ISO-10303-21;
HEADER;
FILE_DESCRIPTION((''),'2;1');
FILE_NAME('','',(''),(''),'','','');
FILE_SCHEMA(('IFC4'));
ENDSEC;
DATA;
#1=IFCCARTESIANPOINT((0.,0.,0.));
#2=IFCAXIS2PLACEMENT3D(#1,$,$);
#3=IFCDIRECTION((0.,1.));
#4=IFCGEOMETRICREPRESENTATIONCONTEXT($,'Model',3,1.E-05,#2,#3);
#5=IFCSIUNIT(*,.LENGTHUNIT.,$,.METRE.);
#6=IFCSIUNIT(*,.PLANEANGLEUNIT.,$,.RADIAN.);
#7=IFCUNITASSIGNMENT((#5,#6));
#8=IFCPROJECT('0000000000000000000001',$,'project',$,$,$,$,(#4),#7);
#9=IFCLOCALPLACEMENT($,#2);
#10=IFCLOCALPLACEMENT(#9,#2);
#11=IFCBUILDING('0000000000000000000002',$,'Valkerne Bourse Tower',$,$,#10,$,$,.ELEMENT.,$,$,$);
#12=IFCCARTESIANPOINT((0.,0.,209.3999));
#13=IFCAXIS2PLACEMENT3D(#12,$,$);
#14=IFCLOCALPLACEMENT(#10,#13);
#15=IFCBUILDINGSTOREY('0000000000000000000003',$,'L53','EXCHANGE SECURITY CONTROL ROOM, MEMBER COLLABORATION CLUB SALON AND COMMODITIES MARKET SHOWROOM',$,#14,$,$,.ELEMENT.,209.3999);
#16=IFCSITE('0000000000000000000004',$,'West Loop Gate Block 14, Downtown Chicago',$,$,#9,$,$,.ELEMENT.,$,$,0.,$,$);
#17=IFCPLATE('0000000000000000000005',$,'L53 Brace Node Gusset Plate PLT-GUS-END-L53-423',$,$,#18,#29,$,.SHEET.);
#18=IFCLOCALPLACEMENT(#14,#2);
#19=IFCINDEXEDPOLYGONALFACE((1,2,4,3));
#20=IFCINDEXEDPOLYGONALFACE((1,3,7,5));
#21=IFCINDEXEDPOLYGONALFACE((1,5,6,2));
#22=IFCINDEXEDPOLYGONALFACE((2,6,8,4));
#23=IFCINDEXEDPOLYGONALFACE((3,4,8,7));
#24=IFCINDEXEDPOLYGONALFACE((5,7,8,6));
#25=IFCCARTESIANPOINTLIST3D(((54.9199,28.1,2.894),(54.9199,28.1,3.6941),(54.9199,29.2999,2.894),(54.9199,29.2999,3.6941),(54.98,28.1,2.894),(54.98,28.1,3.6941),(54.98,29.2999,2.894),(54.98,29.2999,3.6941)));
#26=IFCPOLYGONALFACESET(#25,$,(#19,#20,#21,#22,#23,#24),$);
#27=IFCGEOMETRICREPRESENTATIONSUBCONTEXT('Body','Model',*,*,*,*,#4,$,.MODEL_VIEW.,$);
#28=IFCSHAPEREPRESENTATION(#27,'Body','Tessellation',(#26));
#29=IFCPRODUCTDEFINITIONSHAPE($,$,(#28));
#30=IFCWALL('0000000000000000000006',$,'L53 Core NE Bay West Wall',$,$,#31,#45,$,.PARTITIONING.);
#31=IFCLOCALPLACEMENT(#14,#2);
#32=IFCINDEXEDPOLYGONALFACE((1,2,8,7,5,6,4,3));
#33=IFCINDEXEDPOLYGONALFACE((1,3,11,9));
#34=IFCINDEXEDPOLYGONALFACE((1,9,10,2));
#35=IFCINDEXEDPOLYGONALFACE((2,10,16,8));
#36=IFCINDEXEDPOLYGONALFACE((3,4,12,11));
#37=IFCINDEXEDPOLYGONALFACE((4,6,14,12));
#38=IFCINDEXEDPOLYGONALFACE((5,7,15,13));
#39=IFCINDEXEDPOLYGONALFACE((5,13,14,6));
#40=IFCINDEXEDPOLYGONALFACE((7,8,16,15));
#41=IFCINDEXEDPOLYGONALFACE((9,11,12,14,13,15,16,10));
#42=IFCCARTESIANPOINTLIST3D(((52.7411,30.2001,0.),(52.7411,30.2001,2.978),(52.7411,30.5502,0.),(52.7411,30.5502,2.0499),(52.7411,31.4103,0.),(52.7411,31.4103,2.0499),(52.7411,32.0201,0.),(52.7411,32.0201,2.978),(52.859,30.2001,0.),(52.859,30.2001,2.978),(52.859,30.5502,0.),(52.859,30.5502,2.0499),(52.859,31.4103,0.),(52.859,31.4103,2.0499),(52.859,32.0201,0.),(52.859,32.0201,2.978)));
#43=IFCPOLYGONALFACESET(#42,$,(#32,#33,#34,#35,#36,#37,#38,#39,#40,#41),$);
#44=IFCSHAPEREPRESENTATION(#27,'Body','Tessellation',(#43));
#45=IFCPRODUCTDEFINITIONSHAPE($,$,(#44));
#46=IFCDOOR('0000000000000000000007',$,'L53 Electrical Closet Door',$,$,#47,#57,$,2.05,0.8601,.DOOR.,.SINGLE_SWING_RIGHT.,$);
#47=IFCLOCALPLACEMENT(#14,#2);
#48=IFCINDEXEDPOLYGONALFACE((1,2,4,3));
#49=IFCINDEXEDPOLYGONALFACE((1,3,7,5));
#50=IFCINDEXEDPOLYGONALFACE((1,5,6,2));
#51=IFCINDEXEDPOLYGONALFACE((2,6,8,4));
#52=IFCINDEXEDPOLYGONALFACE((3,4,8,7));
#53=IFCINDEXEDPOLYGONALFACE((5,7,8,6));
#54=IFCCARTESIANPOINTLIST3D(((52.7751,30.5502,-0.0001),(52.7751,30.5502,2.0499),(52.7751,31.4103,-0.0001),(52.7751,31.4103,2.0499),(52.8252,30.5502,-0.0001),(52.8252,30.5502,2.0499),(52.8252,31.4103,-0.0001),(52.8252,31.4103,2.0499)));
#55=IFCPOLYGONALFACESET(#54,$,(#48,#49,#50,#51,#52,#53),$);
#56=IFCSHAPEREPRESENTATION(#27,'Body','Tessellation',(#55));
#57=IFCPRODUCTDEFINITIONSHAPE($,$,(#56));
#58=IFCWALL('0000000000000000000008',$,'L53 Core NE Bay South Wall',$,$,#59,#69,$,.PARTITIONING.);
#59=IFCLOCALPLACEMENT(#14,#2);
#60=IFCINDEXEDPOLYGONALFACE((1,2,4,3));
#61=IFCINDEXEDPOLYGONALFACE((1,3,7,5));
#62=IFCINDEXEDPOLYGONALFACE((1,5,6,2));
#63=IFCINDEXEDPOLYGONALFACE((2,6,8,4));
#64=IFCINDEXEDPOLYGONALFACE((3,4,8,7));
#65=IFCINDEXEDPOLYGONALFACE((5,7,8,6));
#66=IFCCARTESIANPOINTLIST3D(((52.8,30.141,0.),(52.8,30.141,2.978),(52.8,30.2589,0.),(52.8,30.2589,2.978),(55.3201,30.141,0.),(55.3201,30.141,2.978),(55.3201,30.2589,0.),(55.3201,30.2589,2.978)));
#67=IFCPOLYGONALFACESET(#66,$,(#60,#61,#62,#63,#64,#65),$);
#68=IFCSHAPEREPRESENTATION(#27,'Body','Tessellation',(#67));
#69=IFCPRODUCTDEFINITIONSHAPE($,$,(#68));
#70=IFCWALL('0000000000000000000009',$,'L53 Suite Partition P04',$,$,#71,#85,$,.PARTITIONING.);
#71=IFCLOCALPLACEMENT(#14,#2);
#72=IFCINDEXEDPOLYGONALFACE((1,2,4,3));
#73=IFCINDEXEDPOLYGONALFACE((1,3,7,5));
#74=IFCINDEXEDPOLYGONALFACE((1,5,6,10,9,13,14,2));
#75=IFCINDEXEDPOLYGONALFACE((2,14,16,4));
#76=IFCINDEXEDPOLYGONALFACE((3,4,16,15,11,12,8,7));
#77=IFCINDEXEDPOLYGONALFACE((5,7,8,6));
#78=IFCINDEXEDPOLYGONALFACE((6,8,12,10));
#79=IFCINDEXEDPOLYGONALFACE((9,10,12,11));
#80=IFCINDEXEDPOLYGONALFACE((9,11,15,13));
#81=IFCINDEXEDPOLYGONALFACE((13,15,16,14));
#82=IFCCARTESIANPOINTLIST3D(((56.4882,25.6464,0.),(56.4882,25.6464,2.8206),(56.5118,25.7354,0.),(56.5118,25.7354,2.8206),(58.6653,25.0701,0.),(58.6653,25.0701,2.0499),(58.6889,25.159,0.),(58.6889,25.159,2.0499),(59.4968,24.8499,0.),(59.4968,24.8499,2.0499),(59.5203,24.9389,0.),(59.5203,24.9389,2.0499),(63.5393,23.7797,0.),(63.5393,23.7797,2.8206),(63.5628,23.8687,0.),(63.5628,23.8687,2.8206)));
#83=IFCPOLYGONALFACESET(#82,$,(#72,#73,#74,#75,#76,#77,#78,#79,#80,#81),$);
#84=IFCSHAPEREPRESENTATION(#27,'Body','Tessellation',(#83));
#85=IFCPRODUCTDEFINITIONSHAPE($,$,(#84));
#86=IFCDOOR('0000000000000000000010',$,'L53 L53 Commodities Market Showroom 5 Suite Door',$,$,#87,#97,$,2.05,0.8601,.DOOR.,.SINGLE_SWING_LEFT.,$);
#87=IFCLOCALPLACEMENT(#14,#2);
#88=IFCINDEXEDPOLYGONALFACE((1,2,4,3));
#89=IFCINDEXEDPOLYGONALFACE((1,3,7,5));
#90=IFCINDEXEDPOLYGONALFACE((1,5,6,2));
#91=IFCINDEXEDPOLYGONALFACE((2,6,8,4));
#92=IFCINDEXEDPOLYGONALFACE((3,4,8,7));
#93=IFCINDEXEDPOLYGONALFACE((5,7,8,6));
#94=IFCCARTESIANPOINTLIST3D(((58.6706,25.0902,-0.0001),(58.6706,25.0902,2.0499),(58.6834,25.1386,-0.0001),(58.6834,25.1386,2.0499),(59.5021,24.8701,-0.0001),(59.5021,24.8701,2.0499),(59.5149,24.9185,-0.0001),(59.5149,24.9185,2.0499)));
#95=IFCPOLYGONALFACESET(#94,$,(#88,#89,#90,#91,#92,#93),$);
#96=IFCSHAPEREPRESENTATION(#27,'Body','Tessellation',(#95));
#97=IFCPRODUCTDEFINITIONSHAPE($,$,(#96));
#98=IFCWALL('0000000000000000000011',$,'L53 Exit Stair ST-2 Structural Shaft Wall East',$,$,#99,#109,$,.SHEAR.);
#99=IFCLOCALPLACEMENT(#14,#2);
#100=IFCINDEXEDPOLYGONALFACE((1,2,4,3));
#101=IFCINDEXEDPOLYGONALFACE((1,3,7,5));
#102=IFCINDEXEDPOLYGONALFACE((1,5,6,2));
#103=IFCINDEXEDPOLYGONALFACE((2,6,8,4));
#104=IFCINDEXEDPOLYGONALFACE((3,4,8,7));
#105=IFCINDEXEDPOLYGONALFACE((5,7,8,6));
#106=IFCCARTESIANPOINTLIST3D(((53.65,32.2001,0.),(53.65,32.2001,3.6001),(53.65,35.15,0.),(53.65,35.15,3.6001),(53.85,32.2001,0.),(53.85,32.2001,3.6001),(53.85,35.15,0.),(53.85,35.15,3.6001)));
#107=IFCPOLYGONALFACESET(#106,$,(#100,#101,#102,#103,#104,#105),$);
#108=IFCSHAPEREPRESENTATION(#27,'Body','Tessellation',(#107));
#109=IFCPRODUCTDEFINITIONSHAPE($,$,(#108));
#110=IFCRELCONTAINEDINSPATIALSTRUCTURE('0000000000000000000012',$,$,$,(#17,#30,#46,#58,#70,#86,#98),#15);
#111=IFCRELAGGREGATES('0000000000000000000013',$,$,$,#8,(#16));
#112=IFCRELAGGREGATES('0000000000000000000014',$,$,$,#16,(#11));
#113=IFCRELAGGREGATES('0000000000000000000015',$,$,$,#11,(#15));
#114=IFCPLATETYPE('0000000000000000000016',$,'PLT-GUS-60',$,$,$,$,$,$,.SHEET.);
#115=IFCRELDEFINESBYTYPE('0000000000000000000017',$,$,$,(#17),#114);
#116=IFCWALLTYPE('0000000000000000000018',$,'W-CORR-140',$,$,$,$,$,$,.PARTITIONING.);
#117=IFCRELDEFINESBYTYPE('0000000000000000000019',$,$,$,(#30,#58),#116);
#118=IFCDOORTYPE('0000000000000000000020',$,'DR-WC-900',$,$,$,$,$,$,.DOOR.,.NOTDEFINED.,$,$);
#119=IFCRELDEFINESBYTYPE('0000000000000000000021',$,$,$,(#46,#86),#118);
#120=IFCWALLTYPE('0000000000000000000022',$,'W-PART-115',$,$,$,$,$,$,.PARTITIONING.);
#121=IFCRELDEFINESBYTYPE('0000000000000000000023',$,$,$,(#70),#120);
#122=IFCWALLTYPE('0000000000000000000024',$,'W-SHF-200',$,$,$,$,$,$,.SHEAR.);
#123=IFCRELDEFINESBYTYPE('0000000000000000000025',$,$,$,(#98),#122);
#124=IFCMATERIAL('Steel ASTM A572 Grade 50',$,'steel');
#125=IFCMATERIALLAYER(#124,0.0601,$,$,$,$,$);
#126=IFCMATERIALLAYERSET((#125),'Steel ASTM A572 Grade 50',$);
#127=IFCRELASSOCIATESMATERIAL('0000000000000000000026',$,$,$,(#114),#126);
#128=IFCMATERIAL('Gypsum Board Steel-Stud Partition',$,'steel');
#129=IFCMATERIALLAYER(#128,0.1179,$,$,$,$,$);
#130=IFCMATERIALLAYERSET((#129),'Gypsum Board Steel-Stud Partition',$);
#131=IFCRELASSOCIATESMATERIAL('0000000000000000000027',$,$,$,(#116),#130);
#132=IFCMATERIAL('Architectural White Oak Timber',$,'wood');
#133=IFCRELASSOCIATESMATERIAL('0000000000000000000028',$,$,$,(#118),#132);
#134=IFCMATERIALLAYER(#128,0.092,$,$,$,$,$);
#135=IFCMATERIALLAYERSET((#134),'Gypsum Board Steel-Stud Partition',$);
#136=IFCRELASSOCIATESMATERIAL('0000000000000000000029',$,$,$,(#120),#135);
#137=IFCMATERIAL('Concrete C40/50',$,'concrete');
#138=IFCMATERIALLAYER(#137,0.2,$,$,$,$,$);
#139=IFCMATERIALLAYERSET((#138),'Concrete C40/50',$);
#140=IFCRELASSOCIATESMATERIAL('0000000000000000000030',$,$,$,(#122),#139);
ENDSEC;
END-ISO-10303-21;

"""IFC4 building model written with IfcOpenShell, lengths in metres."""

from ifc_helpers import new_model, si_unit, direction, frame, frame_2d, origin, origin_2d, place, context, subcontext, project, spatial, rectangle, extrude, material, layer, layer_set, type_object, element, fill, save


model = new_model("IFC4")

# Units and contexts
model_context = context("Model", 3, precision=1e-05, world=origin(), true_north=direction((0.0, 1.0)))
body_context = subcontext(model_context, "Body", "Model", "MODEL_VIEW")
ifc_project = project(units=[si_unit("LENGTHUNIT", "METRE"), si_unit("PLANEANGLEUNIT", "RADIAN")], contexts=[model_context])

# Site, building, storey
site_placement = place(None, origin())
site = spatial("IfcSite", under=ifc_project, at=site_placement, Name="West Loop Gate Block 14, Downtown Chicago", CompositionType="ELEMENT", RefElevation=0.0)
building_placement = place(site_placement, origin())
building = spatial("IfcBuilding", under=site, at=building_placement, Name="Valkerne Bourse Tower", CompositionType="ELEMENT")
storey_placement = place(building_placement, frame((0.0, 0.0, 209.3999)))
storey = spatial("IfcBuildingStorey", under=building, at=storey_placement, Name="L53", Description="EXCHANGE SECURITY CONTROL ROOM, MEMBER COLLABORATION CLUB SALON AND COMMODITIES MARKET SHOWROOM", CompositionType="ELEMENT", Elevation=209.3999)

# Plate
ifc_material_1 = material(Name="Steel ASTM A572 Grade 50", Category="steel")
ifc_layer_1 = layer(ifc_material_1, 0.0601)
ifc_layer_set_1 = layer_set([ifc_layer_1], Name="Steel ASTM A572 Grade 50")
plate_type_1 = type_object("IfcPlateType", Name="PLT-GUS-60", PredefinedType="SHEET", material=ifc_layer_set_1)
plate_1_placement = place(storey_placement, frame((54.95, 28.7, 2.894), z_axis=(0.0, 0.0, 1.0), x_axis=(0.0, 1.0, 0.0)))
element("IfcPlate", 1, at=plate_1_placement, inside=storey, type_object=plate_type_1, Name="L53 Brace Node Gusset Plate PLT-GUS-END-L53-423", PredefinedType="SHEET", context=body_context, shape_type="SweptSolid", body=[
    extrude(rectangle(XDim=1.2, YDim=0.0601, at=origin_2d()), origin(), (0.0, 0.0, 1.0), 0.8),
])

# Wall, opening, door
ifc_material_2 = material(Name="Gypsum Board Steel-Stud Partition", Category="steel")
ifc_layer_2 = layer(ifc_material_2, 0.1179)
ifc_layer_set_2 = layer_set([ifc_layer_2], Name="Gypsum Board Steel-Stud Partition")
wall_type_1 = type_object("IfcWallType", Name="W-CORR-140", PredefinedType="PARTITIONING", material=ifc_layer_set_2)
wall_1_placement = place(storey_placement, frame((52.8, 30.2, 0.0), z_axis=(0.0, 0.0, 1.0), x_axis=(0.0, 1.0, 0.0)))
wall_1 = element("IfcWall", 2, at=wall_1_placement, inside=storey, type_object=wall_type_1, Name="L53 Core NE Bay West Wall", PredefinedType="PARTITIONING", context=body_context, shape_type="SweptSolid", body=[
    extrude(rectangle(XDim=1.8201, YDim=0.1179, at=frame_2d((0.9102, 0.0))), origin(), (0.0, 0.0, 1.0), 2.978),
])
opening_1_placement = place(wall_1_placement, frame((0.3501, 0.0, 0.0)))
opening_1 = element("IfcOpeningElement", 3, at=opening_1_placement, cuts=wall_1, PredefinedType="OPENING", context=body_context, shape_type="SweptSolid", body=[
    extrude(rectangle(XDim=0.8601, YDim=2.05, at=frame_2d((0.4302, 1.0249))), frame((0.0, 0.0688, 0.0), z_axis=(0.0, -1.0, 0.0), x_axis=(1.0, 0.0, 0.0)), (0.0, 0.0, 1.0), 0.1379),
])
ifc_material_3 = material(Name="Architectural White Oak Timber", Category="wood")
door_type_1 = type_object("IfcDoorType", Name="DR-WC-900", OperationType="NOTDEFINED", PredefinedType="DOOR", material=ifc_material_3)
door_1_placement = place(opening_1_placement, origin())
door_1 = element("IfcDoor", 4, at=door_1_placement, inside=storey, type_object=door_type_1, Name="L53 Electrical Closet Door", OperationType="SINGLE_SWING_RIGHT", OverallHeight=2.05, OverallWidth=0.8601, PredefinedType="DOOR", context=body_context, shape_type="SweptSolid", body=[
    extrude(rectangle(XDim=0.8601, YDim=2.05, at=frame_2d((0.4302, 1.0249))), frame((0.0, 0.0249, 0.0), z_axis=(0.0, -1.0, 0.0), x_axis=(1.0, 0.0, 0.0)), (0.0, 0.0, 1.0), 0.05),
])
fill(opening_1, door_1)

# Wall
wall_2_placement = place(storey_placement, frame((52.8, 30.2, 0.0), z_axis=(0.0, 0.0, 1.0), x_axis=(1.0, 0.0, 0.0)))
element("IfcWall", 5, at=wall_2_placement, inside=storey, type_object=wall_type_1, Name="L53 Core NE Bay South Wall", PredefinedType="PARTITIONING", context=body_context, shape_type="SweptSolid", body=[
    extrude(rectangle(XDim=2.52, YDim=0.1179, at=frame_2d((1.26, 0.0))), origin(), (0.0, 0.0, 1.0), 2.978),
])

# Wall, opening, door
ifc_layer_3 = layer(ifc_material_2, 0.092)
ifc_layer_set_3 = layer_set([ifc_layer_3], Name="Gypsum Board Steel-Stud Partition")
wall_type_2 = type_object("IfcWallType", Name="W-PART-115", PredefinedType="PARTITIONING", material=ifc_layer_set_3)
wall_3_placement = place(storey_placement, frame((56.5, 25.6909, 0.0), z_axis=(0.0, 0.0, 1.0), x_axis=(0.966697, -0.255925, 0.0)))
wall_3 = element("IfcWall", 6, at=wall_3_placement, inside=storey, type_object=wall_type_2, Name="L53 Suite Partition P04", PredefinedType="PARTITIONING", context=body_context, shape_type="SweptSolid", body=[
    extrude(rectangle(XDim=7.2939, YDim=0.092, at=frame_2d((3.647, 0.0))), origin(), (0.0, 0.0, 1.0), 2.8206),
])
opening_2_placement = place(wall_3_placement, frame((2.252, 0.0, 0.0)))
opening_2 = element("IfcOpeningElement", 7, at=opening_2_placement, cuts=wall_3, PredefinedType="OPENING", context=body_context, shape_type="SweptSolid", body=[
    extrude(rectangle(XDim=0.8601, YDim=2.05, at=frame_2d((0.4302, 1.0249))), frame((0.0, 0.0559, 0.0), z_axis=(0.0, -1.0, 0.0), x_axis=(1.0, 0.0, 0.0)), (0.0, 0.0, 1.0), 0.1121),
])
door_2_placement = place(opening_2_placement, origin())
door_2 = element("IfcDoor", 8, at=door_2_placement, inside=storey, type_object=door_type_1, Name="L53 L53 Commodities Market Showroom 5 Suite Door", OperationType="SINGLE_SWING_LEFT", OverallHeight=2.05, OverallWidth=0.8601, PredefinedType="DOOR", context=body_context, shape_type="SweptSolid", body=[
    extrude(rectangle(XDim=0.8601, YDim=2.05, at=frame_2d((0.4302, 1.0249))), frame((0.0, 0.0249, 0.0), z_axis=(0.0, -1.0, 0.0), x_axis=(1.0, 0.0, 0.0)), (0.0, 0.0, 1.0), 0.05),
])
fill(opening_2, door_2)

# Wall
ifc_material_4 = material(Name="Concrete C40/50", Category="concrete")
ifc_layer_4 = layer(ifc_material_4, 0.2)
ifc_layer_set_4 = layer_set([ifc_layer_4], Name="Concrete C40/50")
wall_type_3 = type_object("IfcWallType", Name="W-SHF-200", PredefinedType="SHEAR", material=ifc_layer_set_4)
wall_4_placement = place(storey_placement, frame((53.75, 32.2, 0.0), z_axis=(0.0, 0.0, 1.0), x_axis=(0.0, 1.0, 0.0)))
element("IfcWall", 9, at=wall_4_placement, inside=storey, type_object=wall_type_3, Name="L53 Exit Stair ST-2 Structural Shaft Wall East", PredefinedType="SHEAR", context=body_context, shape_type="SweptSolid", body=[
    extrude(rectangle(XDim=2.95, YDim=0.2, at=frame_2d((1.4751, 0.0))), origin(), (0.0, 0.0, 1.0), 3.6001),
])

save(model, "model.ifc")
